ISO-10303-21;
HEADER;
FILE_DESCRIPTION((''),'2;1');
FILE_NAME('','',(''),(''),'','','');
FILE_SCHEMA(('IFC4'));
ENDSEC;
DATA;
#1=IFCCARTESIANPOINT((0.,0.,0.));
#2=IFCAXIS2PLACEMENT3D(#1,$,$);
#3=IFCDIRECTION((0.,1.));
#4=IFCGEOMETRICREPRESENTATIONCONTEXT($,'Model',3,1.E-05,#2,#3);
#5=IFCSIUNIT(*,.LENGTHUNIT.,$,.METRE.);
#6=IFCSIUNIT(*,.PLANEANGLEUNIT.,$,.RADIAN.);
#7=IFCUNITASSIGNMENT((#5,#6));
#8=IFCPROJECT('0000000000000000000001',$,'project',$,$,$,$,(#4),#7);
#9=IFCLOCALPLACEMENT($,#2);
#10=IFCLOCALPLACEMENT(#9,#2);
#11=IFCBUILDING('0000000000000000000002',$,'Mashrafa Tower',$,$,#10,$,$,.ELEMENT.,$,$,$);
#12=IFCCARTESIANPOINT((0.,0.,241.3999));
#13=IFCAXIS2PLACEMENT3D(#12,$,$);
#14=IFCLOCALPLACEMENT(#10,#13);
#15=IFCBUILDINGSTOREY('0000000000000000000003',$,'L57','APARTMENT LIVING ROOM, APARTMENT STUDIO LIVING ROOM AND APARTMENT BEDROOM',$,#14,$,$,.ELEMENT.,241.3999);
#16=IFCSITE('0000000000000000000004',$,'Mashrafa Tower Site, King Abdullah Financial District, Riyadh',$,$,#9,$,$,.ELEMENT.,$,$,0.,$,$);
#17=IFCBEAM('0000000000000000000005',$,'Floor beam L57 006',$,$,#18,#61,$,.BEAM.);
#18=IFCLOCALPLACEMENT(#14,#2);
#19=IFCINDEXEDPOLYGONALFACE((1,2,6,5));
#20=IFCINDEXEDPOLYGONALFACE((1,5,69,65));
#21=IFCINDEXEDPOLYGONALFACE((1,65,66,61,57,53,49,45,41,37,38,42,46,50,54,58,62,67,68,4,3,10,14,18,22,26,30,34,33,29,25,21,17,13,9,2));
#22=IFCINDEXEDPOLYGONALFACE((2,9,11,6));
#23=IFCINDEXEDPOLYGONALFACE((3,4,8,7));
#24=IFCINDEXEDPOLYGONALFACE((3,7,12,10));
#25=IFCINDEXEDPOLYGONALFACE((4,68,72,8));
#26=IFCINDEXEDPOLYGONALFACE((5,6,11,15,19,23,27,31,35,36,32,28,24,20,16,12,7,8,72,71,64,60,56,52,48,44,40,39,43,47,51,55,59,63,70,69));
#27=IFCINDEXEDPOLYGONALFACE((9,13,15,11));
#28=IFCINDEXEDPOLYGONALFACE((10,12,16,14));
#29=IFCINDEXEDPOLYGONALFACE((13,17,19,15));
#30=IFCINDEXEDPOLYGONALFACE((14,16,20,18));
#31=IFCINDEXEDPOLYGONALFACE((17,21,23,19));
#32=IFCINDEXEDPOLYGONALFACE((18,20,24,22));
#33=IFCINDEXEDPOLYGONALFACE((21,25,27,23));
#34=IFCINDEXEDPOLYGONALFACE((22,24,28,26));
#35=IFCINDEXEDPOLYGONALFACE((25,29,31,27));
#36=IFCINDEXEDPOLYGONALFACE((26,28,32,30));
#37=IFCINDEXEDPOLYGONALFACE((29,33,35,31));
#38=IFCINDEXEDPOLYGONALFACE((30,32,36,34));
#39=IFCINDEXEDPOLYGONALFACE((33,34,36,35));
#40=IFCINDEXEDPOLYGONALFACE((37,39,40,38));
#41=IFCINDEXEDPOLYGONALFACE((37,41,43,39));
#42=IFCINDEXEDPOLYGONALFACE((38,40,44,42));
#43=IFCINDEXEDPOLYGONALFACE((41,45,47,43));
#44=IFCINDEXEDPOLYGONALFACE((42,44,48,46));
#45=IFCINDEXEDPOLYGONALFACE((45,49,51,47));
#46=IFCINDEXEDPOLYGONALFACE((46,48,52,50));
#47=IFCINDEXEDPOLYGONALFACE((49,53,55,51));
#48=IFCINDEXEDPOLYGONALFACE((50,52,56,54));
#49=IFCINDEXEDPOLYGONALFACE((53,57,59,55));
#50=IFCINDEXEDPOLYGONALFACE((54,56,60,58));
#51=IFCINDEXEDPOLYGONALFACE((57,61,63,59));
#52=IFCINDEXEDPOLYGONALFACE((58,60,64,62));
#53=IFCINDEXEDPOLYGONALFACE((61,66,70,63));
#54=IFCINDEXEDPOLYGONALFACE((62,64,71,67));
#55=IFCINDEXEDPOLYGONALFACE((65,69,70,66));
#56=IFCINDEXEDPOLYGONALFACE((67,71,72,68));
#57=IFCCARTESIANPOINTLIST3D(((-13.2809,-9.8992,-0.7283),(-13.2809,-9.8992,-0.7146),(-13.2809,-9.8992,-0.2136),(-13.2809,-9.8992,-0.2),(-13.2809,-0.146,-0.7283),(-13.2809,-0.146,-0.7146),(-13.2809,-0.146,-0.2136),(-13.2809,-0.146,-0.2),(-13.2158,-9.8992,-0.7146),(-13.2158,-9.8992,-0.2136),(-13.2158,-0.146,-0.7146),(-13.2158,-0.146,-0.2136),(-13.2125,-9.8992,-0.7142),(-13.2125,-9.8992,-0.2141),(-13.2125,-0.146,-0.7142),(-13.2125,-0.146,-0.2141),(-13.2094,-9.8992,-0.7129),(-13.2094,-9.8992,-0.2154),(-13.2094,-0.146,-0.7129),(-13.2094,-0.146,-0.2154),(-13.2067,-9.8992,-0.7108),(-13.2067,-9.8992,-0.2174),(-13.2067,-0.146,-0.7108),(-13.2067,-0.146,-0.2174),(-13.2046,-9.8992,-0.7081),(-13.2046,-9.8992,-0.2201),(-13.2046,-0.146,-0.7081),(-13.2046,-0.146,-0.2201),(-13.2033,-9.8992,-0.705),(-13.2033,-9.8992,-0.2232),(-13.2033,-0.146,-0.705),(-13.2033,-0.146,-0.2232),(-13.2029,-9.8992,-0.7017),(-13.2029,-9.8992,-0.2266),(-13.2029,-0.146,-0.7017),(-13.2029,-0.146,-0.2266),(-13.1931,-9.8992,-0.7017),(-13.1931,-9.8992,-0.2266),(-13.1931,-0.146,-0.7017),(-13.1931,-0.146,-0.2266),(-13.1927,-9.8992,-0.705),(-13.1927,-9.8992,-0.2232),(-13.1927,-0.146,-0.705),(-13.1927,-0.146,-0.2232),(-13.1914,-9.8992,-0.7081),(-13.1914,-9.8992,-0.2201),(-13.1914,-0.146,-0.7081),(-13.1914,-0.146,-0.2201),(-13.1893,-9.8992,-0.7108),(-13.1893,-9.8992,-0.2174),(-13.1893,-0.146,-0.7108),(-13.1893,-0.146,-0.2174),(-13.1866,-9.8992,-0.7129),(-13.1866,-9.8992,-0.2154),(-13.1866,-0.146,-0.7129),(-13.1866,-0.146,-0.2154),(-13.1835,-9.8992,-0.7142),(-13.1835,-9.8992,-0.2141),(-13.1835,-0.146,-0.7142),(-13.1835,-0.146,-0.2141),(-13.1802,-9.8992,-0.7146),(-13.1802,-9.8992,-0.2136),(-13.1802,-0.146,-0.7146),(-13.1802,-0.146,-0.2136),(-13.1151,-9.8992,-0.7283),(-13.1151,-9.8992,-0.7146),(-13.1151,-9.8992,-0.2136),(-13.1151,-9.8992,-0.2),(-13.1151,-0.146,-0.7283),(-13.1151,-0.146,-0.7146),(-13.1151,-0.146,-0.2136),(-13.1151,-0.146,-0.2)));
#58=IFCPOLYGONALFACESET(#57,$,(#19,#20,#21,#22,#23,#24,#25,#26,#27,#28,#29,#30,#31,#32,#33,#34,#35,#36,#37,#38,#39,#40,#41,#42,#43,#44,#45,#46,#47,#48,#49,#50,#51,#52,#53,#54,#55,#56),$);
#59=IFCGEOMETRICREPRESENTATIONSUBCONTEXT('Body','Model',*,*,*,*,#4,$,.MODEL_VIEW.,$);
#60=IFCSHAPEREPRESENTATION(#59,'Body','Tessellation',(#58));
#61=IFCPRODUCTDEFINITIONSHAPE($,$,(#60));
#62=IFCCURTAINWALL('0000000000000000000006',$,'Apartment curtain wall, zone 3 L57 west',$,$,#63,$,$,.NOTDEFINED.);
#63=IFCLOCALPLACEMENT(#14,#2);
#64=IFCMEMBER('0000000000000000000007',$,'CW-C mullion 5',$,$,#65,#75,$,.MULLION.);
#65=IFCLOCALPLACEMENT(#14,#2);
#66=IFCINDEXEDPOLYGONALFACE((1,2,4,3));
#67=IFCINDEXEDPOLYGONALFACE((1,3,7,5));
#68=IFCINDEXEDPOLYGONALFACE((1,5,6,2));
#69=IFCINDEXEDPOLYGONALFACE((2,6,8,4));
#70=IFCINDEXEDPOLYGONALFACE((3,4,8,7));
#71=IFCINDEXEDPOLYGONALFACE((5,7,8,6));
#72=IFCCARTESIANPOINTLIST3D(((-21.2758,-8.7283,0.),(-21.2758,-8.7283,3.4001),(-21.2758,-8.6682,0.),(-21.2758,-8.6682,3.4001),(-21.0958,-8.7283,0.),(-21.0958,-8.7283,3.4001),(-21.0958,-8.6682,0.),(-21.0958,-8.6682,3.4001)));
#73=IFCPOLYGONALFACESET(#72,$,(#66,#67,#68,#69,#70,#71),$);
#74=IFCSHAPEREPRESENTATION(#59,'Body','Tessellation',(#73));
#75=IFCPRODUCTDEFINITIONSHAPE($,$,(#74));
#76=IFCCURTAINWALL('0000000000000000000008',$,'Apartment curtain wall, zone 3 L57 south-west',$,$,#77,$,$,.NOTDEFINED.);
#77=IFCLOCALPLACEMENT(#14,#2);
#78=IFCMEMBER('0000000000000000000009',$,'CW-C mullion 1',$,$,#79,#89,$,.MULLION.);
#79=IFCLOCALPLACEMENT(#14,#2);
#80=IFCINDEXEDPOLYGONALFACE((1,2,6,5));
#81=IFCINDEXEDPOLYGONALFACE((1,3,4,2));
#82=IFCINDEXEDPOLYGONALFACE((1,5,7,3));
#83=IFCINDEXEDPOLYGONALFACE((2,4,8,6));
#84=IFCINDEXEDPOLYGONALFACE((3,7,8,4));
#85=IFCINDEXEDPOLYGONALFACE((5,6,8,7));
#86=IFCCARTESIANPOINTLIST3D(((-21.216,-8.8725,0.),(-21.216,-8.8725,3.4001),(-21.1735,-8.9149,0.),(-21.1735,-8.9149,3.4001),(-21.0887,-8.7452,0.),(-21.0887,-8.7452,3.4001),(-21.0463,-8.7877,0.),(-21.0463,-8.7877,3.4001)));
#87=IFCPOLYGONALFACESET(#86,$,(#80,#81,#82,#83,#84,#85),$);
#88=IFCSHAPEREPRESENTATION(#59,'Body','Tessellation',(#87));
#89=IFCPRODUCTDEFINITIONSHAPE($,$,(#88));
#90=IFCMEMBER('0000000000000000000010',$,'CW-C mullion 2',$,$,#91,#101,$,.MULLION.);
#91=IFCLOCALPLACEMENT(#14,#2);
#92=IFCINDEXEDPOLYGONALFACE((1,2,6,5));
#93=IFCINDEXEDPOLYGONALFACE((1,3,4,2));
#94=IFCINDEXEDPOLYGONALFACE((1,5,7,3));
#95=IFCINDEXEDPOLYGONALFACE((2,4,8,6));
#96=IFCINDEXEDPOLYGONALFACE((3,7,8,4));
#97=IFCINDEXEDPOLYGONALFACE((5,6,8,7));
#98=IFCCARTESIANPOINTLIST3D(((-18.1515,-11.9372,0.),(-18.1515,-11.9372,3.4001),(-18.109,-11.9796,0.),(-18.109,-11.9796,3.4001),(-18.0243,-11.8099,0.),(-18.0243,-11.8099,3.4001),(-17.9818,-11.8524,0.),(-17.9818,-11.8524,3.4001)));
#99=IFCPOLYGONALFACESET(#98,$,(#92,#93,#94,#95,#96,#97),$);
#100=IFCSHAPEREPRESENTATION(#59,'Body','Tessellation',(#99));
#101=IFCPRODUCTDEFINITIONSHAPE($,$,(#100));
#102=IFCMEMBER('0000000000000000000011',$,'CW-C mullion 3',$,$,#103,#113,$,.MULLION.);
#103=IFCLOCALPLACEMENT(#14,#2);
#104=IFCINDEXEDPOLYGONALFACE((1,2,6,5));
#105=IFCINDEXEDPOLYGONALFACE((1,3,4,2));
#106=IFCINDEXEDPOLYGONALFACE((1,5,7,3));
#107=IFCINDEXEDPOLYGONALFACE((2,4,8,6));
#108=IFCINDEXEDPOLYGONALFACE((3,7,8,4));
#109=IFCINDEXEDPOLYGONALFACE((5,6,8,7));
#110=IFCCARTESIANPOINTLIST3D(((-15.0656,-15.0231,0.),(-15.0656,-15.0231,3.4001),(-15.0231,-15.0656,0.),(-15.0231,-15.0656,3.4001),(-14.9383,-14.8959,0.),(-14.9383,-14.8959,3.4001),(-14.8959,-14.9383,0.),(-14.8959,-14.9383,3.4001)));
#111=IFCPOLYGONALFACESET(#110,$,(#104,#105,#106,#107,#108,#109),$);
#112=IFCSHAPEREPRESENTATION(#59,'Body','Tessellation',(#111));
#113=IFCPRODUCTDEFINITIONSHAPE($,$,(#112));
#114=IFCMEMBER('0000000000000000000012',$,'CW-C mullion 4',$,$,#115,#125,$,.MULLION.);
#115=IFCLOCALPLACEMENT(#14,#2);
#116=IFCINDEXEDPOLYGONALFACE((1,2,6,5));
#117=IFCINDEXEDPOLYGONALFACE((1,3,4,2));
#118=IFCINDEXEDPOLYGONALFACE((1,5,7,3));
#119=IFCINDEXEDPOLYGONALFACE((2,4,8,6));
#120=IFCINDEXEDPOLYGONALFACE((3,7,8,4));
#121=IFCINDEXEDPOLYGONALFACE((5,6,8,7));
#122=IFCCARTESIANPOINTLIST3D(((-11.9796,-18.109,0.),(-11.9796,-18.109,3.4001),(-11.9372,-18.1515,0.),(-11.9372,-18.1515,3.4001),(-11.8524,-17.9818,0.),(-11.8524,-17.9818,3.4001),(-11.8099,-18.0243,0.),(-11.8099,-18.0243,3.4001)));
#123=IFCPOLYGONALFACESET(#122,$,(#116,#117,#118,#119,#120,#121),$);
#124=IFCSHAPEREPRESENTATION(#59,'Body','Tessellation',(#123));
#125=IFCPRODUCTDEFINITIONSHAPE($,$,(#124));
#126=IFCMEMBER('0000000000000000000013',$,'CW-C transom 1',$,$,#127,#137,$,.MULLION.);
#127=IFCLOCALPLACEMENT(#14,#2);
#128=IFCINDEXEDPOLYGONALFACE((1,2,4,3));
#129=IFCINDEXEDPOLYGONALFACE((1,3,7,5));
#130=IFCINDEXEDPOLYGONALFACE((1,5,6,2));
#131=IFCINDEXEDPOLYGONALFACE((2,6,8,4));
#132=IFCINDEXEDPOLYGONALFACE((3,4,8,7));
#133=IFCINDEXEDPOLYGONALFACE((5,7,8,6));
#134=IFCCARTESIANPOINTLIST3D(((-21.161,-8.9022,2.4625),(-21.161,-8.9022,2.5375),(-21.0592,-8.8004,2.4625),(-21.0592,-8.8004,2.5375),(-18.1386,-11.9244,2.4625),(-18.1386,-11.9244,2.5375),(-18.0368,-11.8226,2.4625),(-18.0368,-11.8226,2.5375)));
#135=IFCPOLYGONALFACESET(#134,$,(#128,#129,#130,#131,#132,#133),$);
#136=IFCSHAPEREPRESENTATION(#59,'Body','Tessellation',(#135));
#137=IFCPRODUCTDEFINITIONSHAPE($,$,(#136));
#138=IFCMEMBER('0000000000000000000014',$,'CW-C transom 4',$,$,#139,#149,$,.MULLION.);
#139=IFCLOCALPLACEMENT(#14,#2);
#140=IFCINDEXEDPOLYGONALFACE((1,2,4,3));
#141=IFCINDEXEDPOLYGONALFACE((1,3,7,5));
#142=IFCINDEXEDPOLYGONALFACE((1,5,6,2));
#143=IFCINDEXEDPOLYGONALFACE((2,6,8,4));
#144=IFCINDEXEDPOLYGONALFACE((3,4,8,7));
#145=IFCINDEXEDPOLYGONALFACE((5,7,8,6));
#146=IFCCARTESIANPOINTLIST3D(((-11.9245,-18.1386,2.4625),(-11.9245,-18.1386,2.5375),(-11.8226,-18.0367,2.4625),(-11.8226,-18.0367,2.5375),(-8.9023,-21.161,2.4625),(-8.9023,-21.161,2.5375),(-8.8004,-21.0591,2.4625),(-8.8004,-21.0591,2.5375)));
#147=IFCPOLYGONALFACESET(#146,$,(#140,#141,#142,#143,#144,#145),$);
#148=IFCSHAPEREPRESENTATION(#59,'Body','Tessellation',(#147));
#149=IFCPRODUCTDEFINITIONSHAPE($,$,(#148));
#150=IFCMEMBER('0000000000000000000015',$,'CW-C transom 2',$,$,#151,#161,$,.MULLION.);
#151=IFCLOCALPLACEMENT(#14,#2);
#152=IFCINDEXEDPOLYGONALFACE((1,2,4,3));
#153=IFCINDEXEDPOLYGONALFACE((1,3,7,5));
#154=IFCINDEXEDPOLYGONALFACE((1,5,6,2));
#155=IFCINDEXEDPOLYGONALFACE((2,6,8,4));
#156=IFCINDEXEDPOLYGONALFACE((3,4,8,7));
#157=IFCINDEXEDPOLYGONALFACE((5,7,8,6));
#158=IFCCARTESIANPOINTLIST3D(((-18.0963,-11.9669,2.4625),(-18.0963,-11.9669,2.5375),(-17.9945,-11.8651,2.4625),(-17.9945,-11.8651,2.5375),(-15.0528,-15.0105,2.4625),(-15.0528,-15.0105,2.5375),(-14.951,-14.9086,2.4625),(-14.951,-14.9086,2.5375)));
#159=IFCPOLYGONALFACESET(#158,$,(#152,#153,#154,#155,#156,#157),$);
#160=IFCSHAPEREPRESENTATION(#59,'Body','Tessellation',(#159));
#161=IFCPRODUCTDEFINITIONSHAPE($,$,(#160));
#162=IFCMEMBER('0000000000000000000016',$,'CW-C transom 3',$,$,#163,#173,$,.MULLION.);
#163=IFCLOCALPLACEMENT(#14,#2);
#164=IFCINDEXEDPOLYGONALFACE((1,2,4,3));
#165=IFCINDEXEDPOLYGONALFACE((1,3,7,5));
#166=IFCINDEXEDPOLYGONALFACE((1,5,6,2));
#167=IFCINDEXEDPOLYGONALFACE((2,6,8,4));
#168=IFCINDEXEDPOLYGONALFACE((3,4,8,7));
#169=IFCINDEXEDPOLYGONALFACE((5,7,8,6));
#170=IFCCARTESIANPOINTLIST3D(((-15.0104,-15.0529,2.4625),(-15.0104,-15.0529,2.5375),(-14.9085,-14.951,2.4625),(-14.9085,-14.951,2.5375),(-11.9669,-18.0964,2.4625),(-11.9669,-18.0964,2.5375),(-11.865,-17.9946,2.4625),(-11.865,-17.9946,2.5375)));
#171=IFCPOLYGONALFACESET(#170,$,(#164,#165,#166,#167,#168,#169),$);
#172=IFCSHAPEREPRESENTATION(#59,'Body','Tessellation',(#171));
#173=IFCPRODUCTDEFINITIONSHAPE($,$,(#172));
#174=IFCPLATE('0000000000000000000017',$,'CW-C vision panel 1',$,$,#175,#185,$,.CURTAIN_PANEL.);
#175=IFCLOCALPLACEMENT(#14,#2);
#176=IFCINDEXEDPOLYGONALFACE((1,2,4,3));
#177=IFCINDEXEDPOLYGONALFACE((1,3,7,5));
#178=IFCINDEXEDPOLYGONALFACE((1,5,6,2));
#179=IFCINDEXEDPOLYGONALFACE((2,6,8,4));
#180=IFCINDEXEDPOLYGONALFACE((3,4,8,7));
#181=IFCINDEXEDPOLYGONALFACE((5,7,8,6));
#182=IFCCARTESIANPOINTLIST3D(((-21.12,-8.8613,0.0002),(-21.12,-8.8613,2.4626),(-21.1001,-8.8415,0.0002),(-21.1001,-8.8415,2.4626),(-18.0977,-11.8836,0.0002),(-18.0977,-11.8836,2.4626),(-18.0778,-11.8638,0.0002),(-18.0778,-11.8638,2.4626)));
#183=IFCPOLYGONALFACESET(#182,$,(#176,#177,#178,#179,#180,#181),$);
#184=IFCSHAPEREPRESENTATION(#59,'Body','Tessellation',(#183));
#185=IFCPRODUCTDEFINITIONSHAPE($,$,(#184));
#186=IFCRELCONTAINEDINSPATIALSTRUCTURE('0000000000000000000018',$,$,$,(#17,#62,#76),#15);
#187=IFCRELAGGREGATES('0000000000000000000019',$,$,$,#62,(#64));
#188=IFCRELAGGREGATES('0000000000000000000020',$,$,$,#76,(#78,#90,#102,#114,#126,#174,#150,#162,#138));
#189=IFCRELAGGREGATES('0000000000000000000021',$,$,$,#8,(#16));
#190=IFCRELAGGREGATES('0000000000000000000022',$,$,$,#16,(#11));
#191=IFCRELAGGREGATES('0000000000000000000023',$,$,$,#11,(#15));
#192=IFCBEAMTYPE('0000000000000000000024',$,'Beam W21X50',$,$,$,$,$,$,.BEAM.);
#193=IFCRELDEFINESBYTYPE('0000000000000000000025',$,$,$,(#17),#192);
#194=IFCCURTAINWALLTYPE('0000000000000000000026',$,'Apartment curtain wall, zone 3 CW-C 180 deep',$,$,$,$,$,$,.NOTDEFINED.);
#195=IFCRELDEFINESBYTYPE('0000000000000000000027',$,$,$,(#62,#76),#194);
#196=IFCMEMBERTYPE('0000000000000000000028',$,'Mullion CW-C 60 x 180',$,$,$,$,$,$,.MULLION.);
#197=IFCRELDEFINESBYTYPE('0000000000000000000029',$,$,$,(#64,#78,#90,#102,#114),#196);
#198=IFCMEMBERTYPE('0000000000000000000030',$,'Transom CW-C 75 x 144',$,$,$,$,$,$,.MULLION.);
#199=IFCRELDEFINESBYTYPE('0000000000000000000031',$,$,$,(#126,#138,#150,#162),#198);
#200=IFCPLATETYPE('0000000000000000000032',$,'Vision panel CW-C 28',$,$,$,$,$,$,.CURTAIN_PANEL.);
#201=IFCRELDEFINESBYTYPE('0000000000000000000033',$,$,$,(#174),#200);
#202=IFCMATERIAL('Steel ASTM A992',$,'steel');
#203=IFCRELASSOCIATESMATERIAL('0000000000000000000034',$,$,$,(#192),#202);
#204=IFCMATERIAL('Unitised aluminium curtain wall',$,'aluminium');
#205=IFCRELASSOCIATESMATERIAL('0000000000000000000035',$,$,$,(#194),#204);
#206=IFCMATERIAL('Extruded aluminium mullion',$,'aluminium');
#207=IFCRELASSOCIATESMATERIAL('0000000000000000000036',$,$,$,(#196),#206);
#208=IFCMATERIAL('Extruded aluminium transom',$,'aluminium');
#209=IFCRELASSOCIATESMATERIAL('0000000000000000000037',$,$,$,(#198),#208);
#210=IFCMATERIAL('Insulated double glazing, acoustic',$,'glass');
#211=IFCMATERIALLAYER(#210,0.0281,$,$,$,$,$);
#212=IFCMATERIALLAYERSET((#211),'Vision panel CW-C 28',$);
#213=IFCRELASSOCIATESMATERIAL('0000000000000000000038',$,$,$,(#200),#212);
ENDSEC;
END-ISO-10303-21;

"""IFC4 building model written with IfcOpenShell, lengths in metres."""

from ifc_helpers import new_model, si_unit, direction, frame, origin, origin_2d, place, context, subcontext, project, spatial, rectangle, i_section, extrude, source, transform, mapped, material, layer, layer_set, material_profile, profile_set, type_object, type_shapes, element, aggregate, save


model = new_model("IFC4")

# Units and contexts
model_context = context("Model", 3, precision=1e-05, world=origin(), true_north=direction((0.0, 1.0)))
body_context = subcontext(model_context, "Body", "Model", "MODEL_VIEW")
ifc_project = project(units=[si_unit("LENGTHUNIT", "METRE"), si_unit("PLANEANGLEUNIT", "RADIAN")], contexts=[model_context])

# Site, building, storey
site_placement = place(None, origin())
site = spatial("IfcSite", under=ifc_project, at=site_placement, Name="Mashrafa Tower Site, King Abdullah Financial District, Riyadh", CompositionType="ELEMENT", RefElevation=0.0)
building_placement = place(site_placement, origin())
building = spatial("IfcBuilding", under=site, at=building_placement, Name="Mashrafa Tower", CompositionType="ELEMENT")
storey_placement = place(building_placement, frame((0.0, 0.0, 241.3999)))
storey = spatial("IfcBuildingStorey", under=building, at=storey_placement, Name="L57", Description="APARTMENT LIVING ROOM, APARTMENT STUDIO LIVING ROOM AND APARTMENT BEDROOM", CompositionType="ELEMENT", Elevation=241.3999)

# Beam
ifc_material_1 = material(Name="Steel ASTM A992", Category="steel")
ifc_material_profile_1 = material_profile(ifc_material_1, i_section(OverallWidth=0.1658, OverallDepth=0.5283, WebThickness=0.0098, FlangeThickness=0.0137, FilletRadius=0.0129, at=origin_2d()), Name="W21X50")
ifc_profile_set_1 = profile_set([ifc_material_profile_1], Name="Steel ASTM A992")
beam_type_1 = type_object("IfcBeamType", Name="Beam W21X50", PredefinedType="BEAM", material=ifc_profile_set_1)
beam_1_placement = place(storey_placement, frame((-13.198, -9.8992, -0.4641), z_axis=(0.0, 1.0, 0.0), x_axis=(-1.0, 0.0, 0.0)))
element("IfcBeam", 1, at=beam_1_placement, inside=storey, type_object=beam_type_1, Name="Floor beam L57 006", PredefinedType="BEAM", context=body_context, shape_type="SweptSolid", body=[
    extrude(i_section(OverallWidth=0.1658, OverallDepth=0.5283, WebThickness=0.0098, FlangeThickness=0.0137, FilletRadius=0.0129, at=origin_2d()), origin(), (0.0, 0.0, 1.0), 9.7532),
])

# Curtain wall, member
ifc_material_2 = material(Name="Unitised aluminium curtain wall", Category="aluminium")
curtain_wall_type = type_object("IfcCurtainWallType", Name="Apartment curtain wall, zone 3 CW-C 180 deep", PredefinedType="NOTDEFINED", material=ifc_material_2)
curtain_wall_1_placement = place(storey_placement, origin())
curtain_wall_1 = element("IfcCurtainWall", 2, at=curtain_wall_1_placement, inside=storey, type_object=curtain_wall_type, Name="Apartment curtain wall, zone 3 L57 west", PredefinedType="NOTDEFINED")
ifc_material_3 = material(Name="Extruded aluminium mullion", Category="aluminium")
ifc_material_profile_2 = material_profile(ifc_material_3, rectangle(XDim=0.1799, YDim=0.0601, at=origin_2d()), Name="Mullion 60x180")
ifc_profile_set_2 = profile_set([ifc_material_profile_2], Name="Extruded aluminium mullion")
member_type_1 = type_object("IfcMemberType", Name="Mullion CW-C 60 x 180", PredefinedType="MULLION", material=ifc_profile_set_2)
shared_shape_1 = source(origin(), body_context, "Body", "SweptSolid", [
    extrude(rectangle(XDim=0.1799, YDim=0.0601, at=origin_2d()), origin(), (0.0, 0.0, 1.0), 3.4001),
])
type_shapes(member_type_1, [shared_shape_1])
member_1_placement = place(storey_placement, frame((-21.1858, -8.6982, 0.0), z_axis=(0.0, 0.0, 1.0), x_axis=(1.0, 0.0, 0.0)))
member_1 = element("IfcMember", 3, at=member_1_placement, type_object=member_type_1, Name="CW-C mullion 5", PredefinedType="MULLION", context=body_context, shape_type="MappedRepresentation", body=[
    mapped(shared_shape_1, transform((0.0, 0.0, 0.0))),
])
aggregate(curtain_wall_1, [member_1])

# Curtain wall, members, plate
curtain_wall_2_placement = place(storey_placement, origin())
curtain_wall_2 = element("IfcCurtainWall", 4, at=curtain_wall_2_placement, inside=storey, type_object=curtain_wall_type, Name="Apartment curtain wall, zone 3 L57 south-west", PredefinedType="NOTDEFINED")
member_2_placement = place(storey_placement, frame((-21.1311, -8.8301, 0.0), z_axis=(0.0, 0.0, 1.0), x_axis=(0.707107, 0.707107, 0.0)))
member_2 = element("IfcMember", 5, at=member_2_placement, type_object=member_type_1, Name="CW-C mullion 1", PredefinedType="MULLION", context=body_context, shape_type="MappedRepresentation", body=[
    mapped(shared_shape_1, transform((0.0, 0.0, 0.0))),
])
member_3_placement = place(storey_placement, frame((-18.0667, -11.8948, 0.0), z_axis=(0.0, 0.0, 1.0), x_axis=(0.707107, 0.707107, 0.0)))
member_3 = element("IfcMember", 6, at=member_3_placement, type_object=member_type_1, Name="CW-C mullion 2", PredefinedType="MULLION", context=body_context, shape_type="MappedRepresentation", body=[
    mapped(shared_shape_1, transform((0.0, 0.0, 0.0))),
])
member_4_placement = place(storey_placement, frame((-14.9807, -14.9807, 0.0), z_axis=(0.0, 0.0, 1.0), x_axis=(0.707107, 0.707107, 0.0)))
member_4 = element("IfcMember", 7, at=member_4_placement, type_object=member_type_1, Name="CW-C mullion 3", PredefinedType="MULLION", context=body_context, shape_type="MappedRepresentation", body=[
    mapped(shared_shape_1, transform((0.0, 0.0, 0.0))),
])
member_5_placement = place(storey_placement, frame((-11.8948, -18.0667, 0.0), z_axis=(0.0, 0.0, 1.0), x_axis=(0.707107, 0.707107, 0.0)))
member_5 = element("IfcMember", 8, at=member_5_placement, type_object=member_type_1, Name="CW-C mullion 4", PredefinedType="MULLION", context=body_context, shape_type="MappedRepresentation", body=[
    mapped(shared_shape_1, transform((0.0, 0.0, 0.0))),
])
ifc_material_4 = material(Name="Extruded aluminium transom", Category="aluminium")
ifc_material_profile_3 = material_profile(ifc_material_4, rectangle(XDim=0.144, YDim=0.075, at=origin_2d()), Name="Transom 75x144")
ifc_profile_set_3 = profile_set([ifc_material_profile_3], Name="Extruded aluminium transom")
member_type_2 = type_object("IfcMemberType", Name="Transom CW-C 75 x 144", PredefinedType="MULLION", material=ifc_profile_set_3)
shared_shape_2 = source(origin(), body_context, "Body", "SweptSolid", [
    extrude(rectangle(XDim=0.144, YDim=0.075, at=origin_2d()), origin(), (0.0, 0.0, 1.0), 4.2742),
])
member_6_placement = place(storey_placement, frame((-21.1101, -8.8513, 2.5), z_axis=(0.707135, -0.707078, 0.0), x_axis=(0.707078, 0.707135, 0.0)))
member_6 = element("IfcMember", 9, at=member_6_placement, type_object=member_type_2, Name="CW-C transom 1", PredefinedType="MULLION", context=body_context, shape_type="MappedRepresentation", body=[
    mapped(shared_shape_2, transform((0.0, 0.0, 0.0))),
])
member_7_placement = place(storey_placement, frame((-11.8735, -18.0876, 2.5), z_axis=(0.707078, -0.707135, 0.0), x_axis=(0.707135, 0.707078, 0.0)))
member_7 = element("IfcMember", 10, at=member_7_placement, type_object=member_type_2, Name="CW-C transom 4", PredefinedType="MULLION", context=body_context, shape_type="MappedRepresentation", body=[
    mapped(shared_shape_2, transform((0.0, 0.0, 0.0))),
])
shared_shape_3 = source(origin(), body_context, "Body", "SweptSolid", [
    extrude(rectangle(XDim=0.144, YDim=0.075, at=origin_2d()), origin(), (0.0, 0.0, 1.0), 4.3042),
])
type_shapes(member_type_2, [shared_shape_2, shared_shape_3])
member_8_placement = place(storey_placement, frame((-18.0454, -11.916, 2.5), z_axis=(0.707107, -0.707107, 0.0), x_axis=(0.707107, 0.707107, 0.0)))
member_8 = element("IfcMember", 11, at=member_8_placement, type_object=member_type_2, Name="CW-C transom 2", PredefinedType="MULLION", context=body_context, shape_type="MappedRepresentation", body=[
    mapped(shared_shape_3, transform((0.0, 0.0, 0.0))),
])
member_9_placement = place(storey_placement, frame((-14.9595, -15.002, 2.5), z_axis=(0.707107, -0.707107, 0.0), x_axis=(0.707107, 0.707107, 0.0)))
member_9 = element("IfcMember", 12, at=member_9_placement, type_object=member_type_2, Name="CW-C transom 3", PredefinedType="MULLION", context=body_context, shape_type="MappedRepresentation", body=[
    mapped(shared_shape_3, transform((0.0, 0.0, 0.0))),
])
ifc_material_5 = material(Name="Insulated double glazing, acoustic", Category="glass")
ifc_layer_1 = layer(ifc_material_5, 0.0281)
ifc_layer_set_1 = layer_set([ifc_layer_1], Name="Vision panel CW-C 28")
plate_type_1 = type_object("IfcPlateType", Name="Vision panel CW-C 28", PredefinedType="CURTAIN_PANEL", material=ifc_layer_set_1)
shared_shape_4 = source(origin(), body_context, "Body", "SweptSolid", [
    extrude(rectangle(XDim=4.2742, YDim=0.0281, at=origin_2d()), origin(), (0.0, 0.0, 1.0), 2.4624),
])
plate_1_placement = place(storey_placement, frame((-19.5989, -10.3625, 0.0002), z_axis=(0.0, 0.0, 1.0), x_axis=(0.707107, -0.707107, 0.0)))
plate_1 = element("IfcPlate", 13, at=plate_1_placement, type_object=plate_type_1, Name="CW-C vision panel 1", PredefinedType="CURTAIN_PANEL", context=body_context, shape_type="MappedRepresentation", body=[
    mapped(shared_shape_4, transform((0.0, 0.0, 0.0))),
])
aggregate(curtain_wall_2, [member_2, member_3, member_4, member_5, member_6, plate_1, member_8, member_9, member_7])

save(model, "model.ifc")
